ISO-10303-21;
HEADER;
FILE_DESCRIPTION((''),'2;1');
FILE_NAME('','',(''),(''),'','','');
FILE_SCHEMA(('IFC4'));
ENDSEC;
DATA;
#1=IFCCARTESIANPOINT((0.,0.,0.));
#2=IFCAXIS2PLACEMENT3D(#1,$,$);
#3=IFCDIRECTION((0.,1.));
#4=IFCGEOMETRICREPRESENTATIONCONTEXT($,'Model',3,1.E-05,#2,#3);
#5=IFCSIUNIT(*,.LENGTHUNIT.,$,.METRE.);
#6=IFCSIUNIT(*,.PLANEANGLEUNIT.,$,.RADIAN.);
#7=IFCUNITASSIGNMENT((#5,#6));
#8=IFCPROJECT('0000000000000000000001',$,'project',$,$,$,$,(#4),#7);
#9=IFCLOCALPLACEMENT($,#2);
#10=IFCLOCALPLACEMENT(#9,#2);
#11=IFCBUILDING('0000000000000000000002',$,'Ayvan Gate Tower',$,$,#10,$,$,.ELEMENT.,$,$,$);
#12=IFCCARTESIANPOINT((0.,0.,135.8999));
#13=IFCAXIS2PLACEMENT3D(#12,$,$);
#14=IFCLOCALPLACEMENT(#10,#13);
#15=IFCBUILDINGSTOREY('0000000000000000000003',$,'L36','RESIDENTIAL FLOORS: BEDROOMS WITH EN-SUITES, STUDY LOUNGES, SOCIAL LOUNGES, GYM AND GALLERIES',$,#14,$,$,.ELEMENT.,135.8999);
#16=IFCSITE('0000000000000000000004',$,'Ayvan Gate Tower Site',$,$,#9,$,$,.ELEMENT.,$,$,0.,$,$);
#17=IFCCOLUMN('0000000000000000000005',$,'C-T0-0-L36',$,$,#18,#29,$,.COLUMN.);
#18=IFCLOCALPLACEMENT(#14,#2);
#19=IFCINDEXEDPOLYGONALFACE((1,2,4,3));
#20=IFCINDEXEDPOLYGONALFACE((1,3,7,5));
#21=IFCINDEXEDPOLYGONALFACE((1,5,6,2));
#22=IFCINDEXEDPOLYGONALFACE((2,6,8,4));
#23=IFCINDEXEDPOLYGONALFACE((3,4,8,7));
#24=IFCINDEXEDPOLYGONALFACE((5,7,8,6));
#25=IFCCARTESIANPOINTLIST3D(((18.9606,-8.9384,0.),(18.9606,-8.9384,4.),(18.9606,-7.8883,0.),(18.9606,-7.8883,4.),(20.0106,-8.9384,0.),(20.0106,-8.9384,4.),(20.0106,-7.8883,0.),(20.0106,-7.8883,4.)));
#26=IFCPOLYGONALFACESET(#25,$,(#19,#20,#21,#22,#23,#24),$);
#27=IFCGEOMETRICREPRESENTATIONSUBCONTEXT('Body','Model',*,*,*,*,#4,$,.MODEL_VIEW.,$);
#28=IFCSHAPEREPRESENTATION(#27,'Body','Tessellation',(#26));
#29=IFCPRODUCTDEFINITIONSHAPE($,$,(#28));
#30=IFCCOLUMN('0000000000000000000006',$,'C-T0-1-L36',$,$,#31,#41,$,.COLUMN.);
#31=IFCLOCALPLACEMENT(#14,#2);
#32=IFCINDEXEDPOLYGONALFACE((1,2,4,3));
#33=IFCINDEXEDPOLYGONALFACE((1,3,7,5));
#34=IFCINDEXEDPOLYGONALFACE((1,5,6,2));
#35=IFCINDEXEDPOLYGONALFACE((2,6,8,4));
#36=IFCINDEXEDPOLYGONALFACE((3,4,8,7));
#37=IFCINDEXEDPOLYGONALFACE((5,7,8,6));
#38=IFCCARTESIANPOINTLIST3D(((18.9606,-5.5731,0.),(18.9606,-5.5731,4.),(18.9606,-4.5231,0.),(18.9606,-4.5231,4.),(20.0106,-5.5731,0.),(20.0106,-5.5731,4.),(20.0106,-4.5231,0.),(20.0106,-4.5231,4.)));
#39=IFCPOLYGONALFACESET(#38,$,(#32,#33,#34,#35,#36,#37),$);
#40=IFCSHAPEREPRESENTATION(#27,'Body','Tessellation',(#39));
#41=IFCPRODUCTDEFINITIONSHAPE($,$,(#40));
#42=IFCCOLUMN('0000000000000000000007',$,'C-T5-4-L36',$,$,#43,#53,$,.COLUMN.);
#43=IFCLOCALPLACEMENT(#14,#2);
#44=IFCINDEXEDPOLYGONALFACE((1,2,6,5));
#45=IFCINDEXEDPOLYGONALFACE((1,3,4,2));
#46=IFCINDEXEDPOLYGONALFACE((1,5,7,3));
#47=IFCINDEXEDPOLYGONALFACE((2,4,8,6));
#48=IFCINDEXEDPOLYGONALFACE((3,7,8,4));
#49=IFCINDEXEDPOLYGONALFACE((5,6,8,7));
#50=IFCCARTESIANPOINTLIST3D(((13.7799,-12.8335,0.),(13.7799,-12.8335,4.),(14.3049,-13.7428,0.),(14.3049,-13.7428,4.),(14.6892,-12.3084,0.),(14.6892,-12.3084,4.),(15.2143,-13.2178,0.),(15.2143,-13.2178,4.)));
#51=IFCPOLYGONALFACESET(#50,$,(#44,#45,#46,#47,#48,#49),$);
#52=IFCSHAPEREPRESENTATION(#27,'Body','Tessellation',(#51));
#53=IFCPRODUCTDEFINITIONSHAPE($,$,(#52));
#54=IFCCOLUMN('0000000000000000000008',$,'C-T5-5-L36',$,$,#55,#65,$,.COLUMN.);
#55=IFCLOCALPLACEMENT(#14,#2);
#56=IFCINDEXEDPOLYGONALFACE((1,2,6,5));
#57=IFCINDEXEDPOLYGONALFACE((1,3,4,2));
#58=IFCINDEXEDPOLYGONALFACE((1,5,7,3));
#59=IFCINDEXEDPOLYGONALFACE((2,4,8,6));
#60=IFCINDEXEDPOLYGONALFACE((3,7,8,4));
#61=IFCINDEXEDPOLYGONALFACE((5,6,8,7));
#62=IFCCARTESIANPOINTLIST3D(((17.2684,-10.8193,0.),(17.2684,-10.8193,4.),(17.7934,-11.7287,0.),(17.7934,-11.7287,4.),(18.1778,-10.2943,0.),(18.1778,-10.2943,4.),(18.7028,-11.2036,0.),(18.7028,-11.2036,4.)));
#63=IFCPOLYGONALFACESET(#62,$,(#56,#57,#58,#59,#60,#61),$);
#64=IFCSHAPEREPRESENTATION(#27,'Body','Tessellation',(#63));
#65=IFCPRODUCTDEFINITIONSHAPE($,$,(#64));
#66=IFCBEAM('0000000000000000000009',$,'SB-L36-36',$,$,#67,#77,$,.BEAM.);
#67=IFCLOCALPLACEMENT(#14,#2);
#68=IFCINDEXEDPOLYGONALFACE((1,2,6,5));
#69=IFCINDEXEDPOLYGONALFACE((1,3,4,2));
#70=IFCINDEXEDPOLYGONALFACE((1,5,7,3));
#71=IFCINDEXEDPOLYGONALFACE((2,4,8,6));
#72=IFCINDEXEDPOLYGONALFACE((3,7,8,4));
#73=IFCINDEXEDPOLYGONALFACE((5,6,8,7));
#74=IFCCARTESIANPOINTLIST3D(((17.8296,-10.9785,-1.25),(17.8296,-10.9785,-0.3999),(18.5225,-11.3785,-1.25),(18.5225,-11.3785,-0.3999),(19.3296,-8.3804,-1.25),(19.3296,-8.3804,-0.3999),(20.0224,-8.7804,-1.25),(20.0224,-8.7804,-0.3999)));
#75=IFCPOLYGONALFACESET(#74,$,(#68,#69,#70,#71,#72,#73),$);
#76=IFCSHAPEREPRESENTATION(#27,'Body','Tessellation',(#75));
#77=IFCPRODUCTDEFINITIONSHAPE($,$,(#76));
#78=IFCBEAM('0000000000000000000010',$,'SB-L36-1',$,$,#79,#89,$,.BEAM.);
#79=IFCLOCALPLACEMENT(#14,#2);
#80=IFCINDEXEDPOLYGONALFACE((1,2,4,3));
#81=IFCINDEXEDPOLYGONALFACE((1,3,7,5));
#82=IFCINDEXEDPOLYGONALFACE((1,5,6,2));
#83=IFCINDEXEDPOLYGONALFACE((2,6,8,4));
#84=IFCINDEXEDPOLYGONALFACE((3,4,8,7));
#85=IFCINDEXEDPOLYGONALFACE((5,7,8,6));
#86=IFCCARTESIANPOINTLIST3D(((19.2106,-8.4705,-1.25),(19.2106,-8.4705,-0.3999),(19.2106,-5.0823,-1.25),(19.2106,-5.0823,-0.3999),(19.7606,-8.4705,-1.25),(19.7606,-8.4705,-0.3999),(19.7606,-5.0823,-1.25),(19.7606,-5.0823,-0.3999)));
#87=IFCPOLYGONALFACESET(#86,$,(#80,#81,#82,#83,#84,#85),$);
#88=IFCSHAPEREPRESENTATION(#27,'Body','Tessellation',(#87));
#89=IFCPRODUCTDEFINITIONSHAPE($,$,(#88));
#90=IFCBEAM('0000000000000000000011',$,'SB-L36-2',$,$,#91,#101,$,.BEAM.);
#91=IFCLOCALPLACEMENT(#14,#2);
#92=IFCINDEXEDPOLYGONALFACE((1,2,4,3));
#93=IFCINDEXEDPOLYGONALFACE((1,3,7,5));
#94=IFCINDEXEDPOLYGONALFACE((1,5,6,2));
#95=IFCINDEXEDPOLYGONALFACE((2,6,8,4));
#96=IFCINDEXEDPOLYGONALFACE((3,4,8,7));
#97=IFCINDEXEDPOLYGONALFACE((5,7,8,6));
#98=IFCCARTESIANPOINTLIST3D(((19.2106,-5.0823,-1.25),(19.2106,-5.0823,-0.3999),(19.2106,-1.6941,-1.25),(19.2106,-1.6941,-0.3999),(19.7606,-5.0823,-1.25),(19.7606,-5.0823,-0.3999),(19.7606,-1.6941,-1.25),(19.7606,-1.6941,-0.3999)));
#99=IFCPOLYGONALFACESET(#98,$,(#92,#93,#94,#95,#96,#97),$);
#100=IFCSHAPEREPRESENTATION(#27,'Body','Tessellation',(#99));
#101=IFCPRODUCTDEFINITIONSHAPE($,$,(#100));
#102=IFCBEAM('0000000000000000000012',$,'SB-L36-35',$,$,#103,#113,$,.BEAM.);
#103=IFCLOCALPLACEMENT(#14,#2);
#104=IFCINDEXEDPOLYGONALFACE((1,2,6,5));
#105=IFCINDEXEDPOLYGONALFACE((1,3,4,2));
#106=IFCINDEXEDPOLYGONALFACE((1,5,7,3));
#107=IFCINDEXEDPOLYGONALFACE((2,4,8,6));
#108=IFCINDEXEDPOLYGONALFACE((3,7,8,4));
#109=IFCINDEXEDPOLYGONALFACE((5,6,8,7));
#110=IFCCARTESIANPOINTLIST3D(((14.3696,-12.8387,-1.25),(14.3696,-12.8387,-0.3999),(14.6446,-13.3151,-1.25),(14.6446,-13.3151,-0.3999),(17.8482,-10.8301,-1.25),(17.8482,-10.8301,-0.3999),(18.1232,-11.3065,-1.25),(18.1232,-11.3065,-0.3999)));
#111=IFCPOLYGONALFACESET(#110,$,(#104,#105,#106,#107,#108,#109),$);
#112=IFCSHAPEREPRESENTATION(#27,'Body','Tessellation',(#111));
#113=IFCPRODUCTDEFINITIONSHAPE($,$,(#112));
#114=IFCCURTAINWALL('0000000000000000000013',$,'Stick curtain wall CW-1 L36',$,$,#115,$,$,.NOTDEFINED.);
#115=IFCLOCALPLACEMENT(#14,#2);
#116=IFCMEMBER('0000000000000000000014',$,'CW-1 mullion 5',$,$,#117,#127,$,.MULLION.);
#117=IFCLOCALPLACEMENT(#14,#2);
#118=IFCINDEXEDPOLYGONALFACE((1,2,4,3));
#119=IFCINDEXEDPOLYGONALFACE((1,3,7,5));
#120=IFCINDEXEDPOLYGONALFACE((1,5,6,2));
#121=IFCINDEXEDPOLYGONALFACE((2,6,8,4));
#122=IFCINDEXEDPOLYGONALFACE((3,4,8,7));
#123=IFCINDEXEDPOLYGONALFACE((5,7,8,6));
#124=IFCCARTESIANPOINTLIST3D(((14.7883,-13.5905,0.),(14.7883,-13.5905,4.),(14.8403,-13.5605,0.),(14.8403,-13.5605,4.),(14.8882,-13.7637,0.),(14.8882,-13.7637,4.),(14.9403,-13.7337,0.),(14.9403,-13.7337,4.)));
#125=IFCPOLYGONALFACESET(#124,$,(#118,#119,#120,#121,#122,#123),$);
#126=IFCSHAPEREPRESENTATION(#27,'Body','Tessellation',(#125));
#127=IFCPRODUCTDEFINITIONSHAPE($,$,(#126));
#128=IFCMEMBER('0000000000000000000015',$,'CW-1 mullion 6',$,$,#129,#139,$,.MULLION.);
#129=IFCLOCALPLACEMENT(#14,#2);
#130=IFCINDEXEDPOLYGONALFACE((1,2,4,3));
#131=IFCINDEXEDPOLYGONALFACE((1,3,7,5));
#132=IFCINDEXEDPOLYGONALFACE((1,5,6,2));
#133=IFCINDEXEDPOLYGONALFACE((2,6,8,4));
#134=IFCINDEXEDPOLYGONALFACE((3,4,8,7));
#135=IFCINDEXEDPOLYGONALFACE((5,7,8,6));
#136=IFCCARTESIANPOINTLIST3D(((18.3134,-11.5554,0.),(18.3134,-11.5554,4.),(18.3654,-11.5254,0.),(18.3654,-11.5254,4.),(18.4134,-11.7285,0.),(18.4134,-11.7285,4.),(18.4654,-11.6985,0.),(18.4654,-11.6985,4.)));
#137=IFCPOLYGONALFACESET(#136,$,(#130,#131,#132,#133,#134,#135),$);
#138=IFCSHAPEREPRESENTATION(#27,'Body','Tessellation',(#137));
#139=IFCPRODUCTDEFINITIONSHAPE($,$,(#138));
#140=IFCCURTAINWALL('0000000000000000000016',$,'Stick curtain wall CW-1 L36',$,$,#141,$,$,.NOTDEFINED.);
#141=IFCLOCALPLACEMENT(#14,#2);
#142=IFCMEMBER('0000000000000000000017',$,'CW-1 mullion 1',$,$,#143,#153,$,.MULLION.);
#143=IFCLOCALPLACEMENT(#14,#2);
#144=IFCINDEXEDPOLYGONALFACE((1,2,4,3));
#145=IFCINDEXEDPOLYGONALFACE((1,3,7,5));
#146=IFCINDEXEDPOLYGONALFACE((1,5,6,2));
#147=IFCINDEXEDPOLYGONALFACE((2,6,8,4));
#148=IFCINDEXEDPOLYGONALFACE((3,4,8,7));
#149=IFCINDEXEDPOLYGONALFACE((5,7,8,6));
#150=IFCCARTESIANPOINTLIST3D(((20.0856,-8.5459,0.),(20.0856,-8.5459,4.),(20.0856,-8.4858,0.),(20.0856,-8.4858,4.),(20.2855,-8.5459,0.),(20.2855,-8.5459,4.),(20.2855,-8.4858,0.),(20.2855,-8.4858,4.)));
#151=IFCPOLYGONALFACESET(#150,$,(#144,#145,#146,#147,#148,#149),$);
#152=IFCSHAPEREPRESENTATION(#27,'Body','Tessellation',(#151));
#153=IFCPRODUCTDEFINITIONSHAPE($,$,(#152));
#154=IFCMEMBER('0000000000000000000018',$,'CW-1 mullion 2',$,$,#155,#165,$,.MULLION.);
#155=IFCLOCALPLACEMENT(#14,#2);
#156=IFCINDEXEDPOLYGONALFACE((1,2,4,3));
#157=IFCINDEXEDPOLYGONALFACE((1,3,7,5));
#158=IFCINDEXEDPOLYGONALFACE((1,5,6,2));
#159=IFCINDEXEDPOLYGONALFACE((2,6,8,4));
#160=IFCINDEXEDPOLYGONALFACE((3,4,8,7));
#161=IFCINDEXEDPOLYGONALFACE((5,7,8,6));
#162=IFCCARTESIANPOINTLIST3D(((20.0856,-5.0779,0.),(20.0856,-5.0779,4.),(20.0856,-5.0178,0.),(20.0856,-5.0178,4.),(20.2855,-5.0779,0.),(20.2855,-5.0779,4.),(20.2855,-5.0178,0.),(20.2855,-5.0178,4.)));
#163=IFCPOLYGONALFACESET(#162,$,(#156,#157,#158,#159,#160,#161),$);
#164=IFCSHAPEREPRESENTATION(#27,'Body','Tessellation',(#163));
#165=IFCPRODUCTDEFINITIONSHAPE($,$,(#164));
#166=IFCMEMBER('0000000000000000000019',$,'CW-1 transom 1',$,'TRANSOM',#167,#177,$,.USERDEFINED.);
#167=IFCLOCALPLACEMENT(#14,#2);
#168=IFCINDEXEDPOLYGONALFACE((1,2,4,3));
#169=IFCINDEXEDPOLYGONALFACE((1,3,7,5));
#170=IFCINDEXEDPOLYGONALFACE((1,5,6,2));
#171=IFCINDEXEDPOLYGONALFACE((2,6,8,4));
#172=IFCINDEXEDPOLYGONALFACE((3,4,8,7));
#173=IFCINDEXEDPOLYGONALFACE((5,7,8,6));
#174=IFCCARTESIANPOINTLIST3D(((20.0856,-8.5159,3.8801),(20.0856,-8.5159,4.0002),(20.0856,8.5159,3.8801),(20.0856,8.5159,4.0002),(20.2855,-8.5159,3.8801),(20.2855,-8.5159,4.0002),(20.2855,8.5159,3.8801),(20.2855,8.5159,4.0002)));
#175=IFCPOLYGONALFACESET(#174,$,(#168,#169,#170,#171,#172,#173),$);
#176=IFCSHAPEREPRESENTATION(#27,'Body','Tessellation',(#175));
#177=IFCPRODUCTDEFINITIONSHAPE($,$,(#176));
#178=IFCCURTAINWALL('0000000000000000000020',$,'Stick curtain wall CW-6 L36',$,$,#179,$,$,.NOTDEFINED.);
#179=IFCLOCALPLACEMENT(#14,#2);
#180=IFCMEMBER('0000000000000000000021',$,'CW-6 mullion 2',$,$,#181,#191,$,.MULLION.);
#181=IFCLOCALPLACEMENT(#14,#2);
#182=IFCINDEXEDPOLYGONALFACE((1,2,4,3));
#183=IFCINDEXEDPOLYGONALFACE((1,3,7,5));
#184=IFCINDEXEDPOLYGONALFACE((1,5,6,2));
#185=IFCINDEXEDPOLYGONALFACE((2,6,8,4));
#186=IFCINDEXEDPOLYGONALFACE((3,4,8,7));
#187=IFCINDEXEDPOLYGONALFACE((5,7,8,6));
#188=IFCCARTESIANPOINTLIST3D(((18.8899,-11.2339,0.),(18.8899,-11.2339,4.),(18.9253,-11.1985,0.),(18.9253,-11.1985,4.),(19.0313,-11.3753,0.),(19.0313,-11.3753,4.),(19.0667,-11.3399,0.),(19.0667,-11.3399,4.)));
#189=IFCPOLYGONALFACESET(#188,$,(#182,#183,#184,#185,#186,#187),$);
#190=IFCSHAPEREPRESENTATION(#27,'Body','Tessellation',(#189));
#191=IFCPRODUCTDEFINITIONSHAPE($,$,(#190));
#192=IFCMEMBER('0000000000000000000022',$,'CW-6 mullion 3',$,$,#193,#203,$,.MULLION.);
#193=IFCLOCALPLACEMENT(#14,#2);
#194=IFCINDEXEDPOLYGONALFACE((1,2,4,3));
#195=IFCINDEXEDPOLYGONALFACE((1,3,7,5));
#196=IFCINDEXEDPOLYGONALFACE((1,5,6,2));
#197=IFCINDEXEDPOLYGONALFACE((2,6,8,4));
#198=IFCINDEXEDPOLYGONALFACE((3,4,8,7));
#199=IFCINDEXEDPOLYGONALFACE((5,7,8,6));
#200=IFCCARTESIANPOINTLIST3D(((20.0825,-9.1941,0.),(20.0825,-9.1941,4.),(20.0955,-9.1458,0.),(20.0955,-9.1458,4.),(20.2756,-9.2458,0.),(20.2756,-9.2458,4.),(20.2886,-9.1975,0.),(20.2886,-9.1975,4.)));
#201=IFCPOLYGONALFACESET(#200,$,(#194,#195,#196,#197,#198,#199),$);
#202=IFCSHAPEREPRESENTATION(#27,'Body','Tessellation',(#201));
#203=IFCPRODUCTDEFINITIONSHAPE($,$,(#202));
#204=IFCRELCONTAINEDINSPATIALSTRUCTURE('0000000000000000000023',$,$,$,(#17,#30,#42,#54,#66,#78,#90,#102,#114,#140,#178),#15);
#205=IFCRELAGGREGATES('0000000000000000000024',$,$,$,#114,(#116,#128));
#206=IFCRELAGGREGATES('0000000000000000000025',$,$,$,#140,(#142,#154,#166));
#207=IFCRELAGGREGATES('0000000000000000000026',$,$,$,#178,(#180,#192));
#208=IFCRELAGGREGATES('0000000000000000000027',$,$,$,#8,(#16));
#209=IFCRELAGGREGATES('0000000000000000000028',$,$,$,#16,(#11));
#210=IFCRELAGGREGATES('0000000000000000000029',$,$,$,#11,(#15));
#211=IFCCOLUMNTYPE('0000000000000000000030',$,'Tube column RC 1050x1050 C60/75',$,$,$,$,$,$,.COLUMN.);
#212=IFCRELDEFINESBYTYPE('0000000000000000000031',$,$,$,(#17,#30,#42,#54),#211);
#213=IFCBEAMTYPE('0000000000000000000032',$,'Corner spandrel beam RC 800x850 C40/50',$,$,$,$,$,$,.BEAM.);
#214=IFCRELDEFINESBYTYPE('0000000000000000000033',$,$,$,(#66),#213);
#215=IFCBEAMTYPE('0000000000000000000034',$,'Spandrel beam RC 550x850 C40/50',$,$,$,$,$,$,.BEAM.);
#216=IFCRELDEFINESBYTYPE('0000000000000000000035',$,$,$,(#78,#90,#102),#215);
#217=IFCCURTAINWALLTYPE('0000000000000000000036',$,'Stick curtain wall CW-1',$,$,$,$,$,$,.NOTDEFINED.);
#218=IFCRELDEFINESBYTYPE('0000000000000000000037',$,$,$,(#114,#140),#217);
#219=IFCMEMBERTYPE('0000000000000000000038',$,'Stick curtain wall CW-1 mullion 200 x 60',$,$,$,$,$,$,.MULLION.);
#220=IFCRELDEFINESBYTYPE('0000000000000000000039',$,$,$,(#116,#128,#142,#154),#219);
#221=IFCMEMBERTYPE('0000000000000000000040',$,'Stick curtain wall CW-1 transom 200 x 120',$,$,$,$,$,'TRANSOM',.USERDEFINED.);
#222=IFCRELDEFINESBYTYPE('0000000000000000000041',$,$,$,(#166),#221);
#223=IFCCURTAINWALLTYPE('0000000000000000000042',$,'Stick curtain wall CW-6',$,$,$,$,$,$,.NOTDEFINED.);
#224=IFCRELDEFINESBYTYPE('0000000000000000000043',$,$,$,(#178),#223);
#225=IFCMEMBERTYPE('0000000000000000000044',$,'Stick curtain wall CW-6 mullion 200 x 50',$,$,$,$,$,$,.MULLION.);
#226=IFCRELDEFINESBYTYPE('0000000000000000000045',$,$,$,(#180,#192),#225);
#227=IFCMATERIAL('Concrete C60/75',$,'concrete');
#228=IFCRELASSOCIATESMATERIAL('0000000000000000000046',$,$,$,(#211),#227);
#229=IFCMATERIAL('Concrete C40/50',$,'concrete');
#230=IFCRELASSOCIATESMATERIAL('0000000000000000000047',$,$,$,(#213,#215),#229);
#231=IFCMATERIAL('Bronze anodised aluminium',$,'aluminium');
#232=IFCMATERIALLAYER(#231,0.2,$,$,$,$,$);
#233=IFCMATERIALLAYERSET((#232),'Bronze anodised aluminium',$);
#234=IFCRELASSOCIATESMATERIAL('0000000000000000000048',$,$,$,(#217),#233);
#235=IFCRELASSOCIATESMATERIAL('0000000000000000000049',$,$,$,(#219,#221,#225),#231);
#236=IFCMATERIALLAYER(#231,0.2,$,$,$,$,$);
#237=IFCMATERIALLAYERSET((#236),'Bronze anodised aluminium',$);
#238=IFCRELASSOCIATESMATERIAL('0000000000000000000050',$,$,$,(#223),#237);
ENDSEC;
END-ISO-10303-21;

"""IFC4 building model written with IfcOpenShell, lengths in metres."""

from ifc_helpers import new_model, si_unit, direction, frame, origin, origin_2d, place, context, subcontext, project, spatial, rectangle, extrude, material, layer, layer_set, material_profile, profile_set, type_object, element, aggregate, save


model = new_model("IFC4")

# Units and contexts
model_context = context("Model", 3, precision=1e-05, world=origin(), true_north=direction((0.0, 1.0)))
body_context = subcontext(model_context, "Body", "Model", "MODEL_VIEW")
ifc_project = project(units=[si_unit("LENGTHUNIT", "METRE"), si_unit("PLANEANGLEUNIT", "RADIAN")], contexts=[model_context])

# Site, building, storey
site_placement = place(None, origin())
site = spatial("IfcSite", under=ifc_project, at=site_placement, Name="Ayvan Gate Tower Site", CompositionType="ELEMENT", RefElevation=0.0)
building_placement = place(site_placement, origin())
building = spatial("IfcBuilding", under=site, at=building_placement, Name="Ayvan Gate Tower", CompositionType="ELEMENT")
storey_placement = place(building_placement, frame((0.0, 0.0, 135.8999)))
storey = spatial("IfcBuildingStorey", under=building, at=storey_placement, Name="L36", Description="RESIDENTIAL FLOORS: BEDROOMS WITH EN-SUITES, STUDY LOUNGES, SOCIAL LOUNGES, GYM AND GALLERIES", CompositionType="ELEMENT", Elevation=135.8999)

# Columns
ifc_material_1 = material(Name="Concrete C60/75", Category="concrete")
ifc_material_profile_1 = material_profile(ifc_material_1, rectangle(XDim=1.05, YDim=1.05, at=origin_2d()), Name="RC 1050x1050")
ifc_profile_set_1 = profile_set([ifc_material_profile_1], Name="Concrete C60/75")
column_type = type_object("IfcColumnType", Name="Tube column RC 1050x1050 C60/75", PredefinedType="COLUMN", material=ifc_profile_set_1)
for number, where, z_axis, x_axis, name in (
    (1, (19.4856, -8.4133, 0.0), (0.0, 0.0, 1.0), (1.0, 0.0, 0.0), "C-T0-0-L36"),
    (2, (19.4856, -5.0481, 0.0), (0.0, 0.0, 1.0), (1.0, 0.0, 0.0), "C-T0-1-L36"),
    (3, (14.4971, -13.0256, 0.0), (0.0, 0.0, 1.0), (0.5, -0.866025, 0.0), "C-T5-4-L36"),
    (4, (17.9856, -11.0115, 0.0), (0.0, 0.0, 1.0), (0.5, -0.866025, 0.0), "C-T5-5-L36"),
):
    element("IfcColumn", number, at=place(storey_placement, frame(where, z_axis=z_axis, x_axis=x_axis)), inside=storey, type_object=column_type, Name=name, PredefinedType="COLUMN", context=body_context, shape_type="SweptSolid", body=[
        extrude(rectangle(XDim=1.05, YDim=1.05, at=origin_2d()), origin(), (0.0, 0.0, 1.0), 4.0),
    ])

# Beams
ifc_material_2 = material(Name="Concrete C40/50", Category="concrete")
ifc_material_profile_2 = material_profile(ifc_material_2, rectangle(XDim=0.8, YDim=0.8501, at=origin_2d()), Name="RC 800x850")
ifc_profile_set_2 = profile_set([ifc_material_profile_2], Name="Concrete C40/50")
beam_type_1 = type_object("IfcBeamType", Name="Corner spandrel beam RC 800x850 C40/50", PredefinedType="BEAM", material=ifc_profile_set_2)
beam_1_placement = place(storey_placement, frame((18.176, -11.1785, -0.825), z_axis=(0.49999, 0.866031, 0.0), x_axis=(-0.866031, 0.49999, 0.0)))
element("IfcBeam", 5, at=beam_1_placement, inside=storey, type_object=beam_type_1, Name="SB-L36-36", PredefinedType="BEAM", context=body_context, shape_type="SweptSolid", body=[
    extrude(rectangle(XDim=0.8, YDim=0.8501, at=origin_2d()), origin(), (0.0, 0.0, 1.0), 3.0),
])
ifc_material_profile_3 = material_profile(ifc_material_2, rectangle(XDim=0.55, YDim=0.8501, at=origin_2d()), Name="RC 550x850")
ifc_profile_set_3 = profile_set([ifc_material_profile_3], Name="Concrete C40/50")
beam_type_2 = type_object("IfcBeamType", Name="Spandrel beam RC 550x850 C40/50", PredefinedType="BEAM", material=ifc_profile_set_3)
for number, where, z_axis, x_axis, name in (
    (6, (19.4856, -8.4705, -0.825), (0.0, 1.0, 0.0), (-1.0, 0.0, 0.0), "SB-L36-1"),
    (7, (19.4856, -5.0823, -0.825), (0.0, 1.0, 0.0), (-1.0, 0.0, 0.0), "SB-L36-2"),
):
    element("IfcBeam", number, at=place(storey_placement, frame(where, z_axis=z_axis, x_axis=x_axis)), inside=storey, type_object=beam_type_2, Name=name, PredefinedType="BEAM", context=body_context, shape_type="SweptSolid", body=[
        extrude(rectangle(XDim=0.55, YDim=0.8501, at=origin_2d()), origin(), (0.0, 0.0, 1.0), 3.3882),
    ])
beam_2_placement = place(storey_placement, frame((14.5071, -13.0769, -0.825), z_axis=(0.866001, 0.500042, 0.0), x_axis=(-0.500042, 0.866001, 0.0)))
element("IfcBeam", 8, at=beam_2_placement, inside=storey, type_object=beam_type_2, Name="SB-L36-35", PredefinedType="BEAM", context=body_context, shape_type="SweptSolid", body=[
    extrude(rectangle(XDim=0.55, YDim=0.8501, at=origin_2d()), origin(), (0.0, 0.0, 1.0), 4.0168),
])

# Curtain walls, members
ifc_material_3 = material(Name="Bronze anodised aluminium", Category="aluminium")
ifc_layer_1 = layer(ifc_material_3, 0.2)
ifc_layer_set_1 = layer_set([ifc_layer_1], Name="Bronze anodised aluminium")
curtain_wall_type_1 = type_object("IfcCurtainWallType", Name="Stick curtain wall CW-1", PredefinedType="NOTDEFINED", material=ifc_layer_set_1)
curtain_wall_1_placement = place(storey_placement, origin())
curtain_wall_1 = element("IfcCurtainWall", 9, at=curtain_wall_1_placement, inside=storey, type_object=curtain_wall_type_1, Name="Stick curtain wall CW-1 L36", PredefinedType="NOTDEFINED")
ifc_material_profile_4 = material_profile(ifc_material_3, rectangle(XDim=0.2, YDim=0.0601, at=origin_2d()), Name="Stick curtain wall CW-1 mullion 200 x 60")
ifc_profile_set_4 = profile_set([ifc_material_profile_4], Name="Bronze anodised aluminium")
member_type_1 = type_object("IfcMemberType", Name="Stick curtain wall CW-1 mullion 200 x 60", PredefinedType="MULLION", material=ifc_profile_set_4)
member_1_placement = place(storey_placement, frame((14.8643, -13.6621, 0.0), z_axis=(0.0, 0.0, 1.0), x_axis=(0.5, -0.866025, 0.0)))
member_1 = element("IfcMember", 10, at=member_1_placement, type_object=member_type_1, Name="CW-1 mullion 5", PredefinedType="MULLION", context=body_context, shape_type="SweptSolid", body=[
    extrude(rectangle(XDim=0.2, YDim=0.0601, at=origin_2d()), origin(), (0.0, 0.0, 1.0), 4.0),
])
member_2_placement = place(storey_placement, frame((18.3894, -11.627, 0.0), z_axis=(0.0, 0.0, 1.0), x_axis=(0.5, -0.866025, 0.0)))
member_2 = element("IfcMember", 11, at=member_2_placement, type_object=member_type_1, Name="CW-1 mullion 6", PredefinedType="MULLION", context=body_context, shape_type="SweptSolid", body=[
    extrude(rectangle(XDim=0.2, YDim=0.0601, at=origin_2d()), origin(), (0.0, 0.0, 1.0), 4.0),
])
curtain_wall_2_placement = place(storey_placement, origin())
curtain_wall_2 = element("IfcCurtainWall", 12, at=curtain_wall_2_placement, inside=storey, type_object=curtain_wall_type_1, Name="Stick curtain wall CW-1 L36", PredefinedType="NOTDEFINED")
member_3_placement = place(storey_placement, frame((20.1855, -8.5159, 0.0), z_axis=(0.0, 0.0, 1.0), x_axis=(1.0, 0.0, 0.0)))
member_3 = element("IfcMember", 13, at=member_3_placement, type_object=member_type_1, Name="CW-1 mullion 1", PredefinedType="MULLION", context=body_context, shape_type="SweptSolid", body=[
    extrude(rectangle(XDim=0.2, YDim=0.0601, at=origin_2d()), origin(), (0.0, 0.0, 1.0), 4.0),
])
member_4_placement = place(storey_placement, frame((20.1855, -5.0479, 0.0), z_axis=(0.0, 0.0, 1.0), x_axis=(1.0, 0.0, 0.0)))
member_4 = element("IfcMember", 14, at=member_4_placement, type_object=member_type_1, Name="CW-1 mullion 2", PredefinedType="MULLION", context=body_context, shape_type="SweptSolid", body=[
    extrude(rectangle(XDim=0.2, YDim=0.0601, at=origin_2d()), origin(), (0.0, 0.0, 1.0), 4.0),
])
ifc_material_profile_5 = material_profile(ifc_material_3, rectangle(XDim=0.2, YDim=0.1201, at=origin_2d()), Name="Stick curtain wall CW-1 transom 200 x 120")
ifc_profile_set_5 = profile_set([ifc_material_profile_5], Name="Bronze anodised aluminium")
member_type_2 = type_object("IfcMemberType", Name="Stick curtain wall CW-1 transom 200 x 120", ElementType="TRANSOM", PredefinedType="USERDEFINED", material=ifc_profile_set_5)
member_5_placement = place(storey_placement, frame((20.1855, -8.5159, 3.9402), z_axis=(0.0, 1.0, 0.0), x_axis=(-1.0, 0.0, 0.0)))
member_5 = element("IfcMember", 15, at=member_5_placement, type_object=member_type_2, Name="CW-1 transom 1", ObjectType="TRANSOM", PredefinedType="USERDEFINED", context=body_context, shape_type="SweptSolid", body=[
    extrude(rectangle(XDim=0.2, YDim=0.1201, at=origin_2d()), origin(), (0.0, 0.0, 1.0), 17.0317),
])
ifc_layer_2 = layer(ifc_material_3, 0.2)
ifc_layer_set_2 = layer_set([ifc_layer_2], Name="Bronze anodised aluminium")
curtain_wall_type_2 = type_object("IfcCurtainWallType", Name="Stick curtain wall CW-6", PredefinedType="NOTDEFINED", material=ifc_layer_set_2)
curtain_wall_3_placement = place(storey_placement, origin())
curtain_wall_3 = element("IfcCurtainWall", 16, at=curtain_wall_3_placement, inside=storey, type_object=curtain_wall_type_2, Name="Stick curtain wall CW-6 L36", PredefinedType="NOTDEFINED")
ifc_material_profile_6 = material_profile(ifc_material_3, rectangle(XDim=0.2, YDim=0.05, at=origin_2d()), Name="Stick curtain wall CW-6 mullion 200 x 50")
ifc_profile_set_6 = profile_set([ifc_material_profile_6], Name="Bronze anodised aluminium")
member_type_3 = type_object("IfcMemberType", Name="Stick curtain wall CW-6 mullion 200 x 50", PredefinedType="MULLION", material=ifc_profile_set_6)
member_6_placement = place(storey_placement, frame((18.9783, -11.2869, 0.0), z_axis=(0.0, 0.0, 1.0), x_axis=(0.707107, -0.707107, 0.0)))
member_6 = element("IfcMember", 17, at=member_6_placement, type_object=member_type_3, Name="CW-6 mullion 2", PredefinedType="MULLION", context=body_context, shape_type="SweptSolid", body=[
    extrude(rectangle(XDim=0.2, YDim=0.05, at=origin_2d()), origin(), (0.0, 0.0, 1.0), 4.0),
])
member_7_placement = place(storey_placement, frame((20.1855, -9.1958, 0.0), z_axis=(0.0, 0.0, 1.0), x_axis=(0.965926, -0.258819, 0.0)))
member_7 = element("IfcMember", 18, at=member_7_placement, type_object=member_type_3, Name="CW-6 mullion 3", PredefinedType="MULLION", context=body_context, shape_type="SweptSolid", body=[
    extrude(rectangle(XDim=0.2, YDim=0.05, at=origin_2d()), origin(), (0.0, 0.0, 1.0), 4.0),
])

aggregate(curtain_wall_1, [member_1, member_2])
aggregate(curtain_wall_2, [member_3, member_4, member_5])
aggregate(curtain_wall_3, [member_6, member_7])

save(model, "model.ifc")
